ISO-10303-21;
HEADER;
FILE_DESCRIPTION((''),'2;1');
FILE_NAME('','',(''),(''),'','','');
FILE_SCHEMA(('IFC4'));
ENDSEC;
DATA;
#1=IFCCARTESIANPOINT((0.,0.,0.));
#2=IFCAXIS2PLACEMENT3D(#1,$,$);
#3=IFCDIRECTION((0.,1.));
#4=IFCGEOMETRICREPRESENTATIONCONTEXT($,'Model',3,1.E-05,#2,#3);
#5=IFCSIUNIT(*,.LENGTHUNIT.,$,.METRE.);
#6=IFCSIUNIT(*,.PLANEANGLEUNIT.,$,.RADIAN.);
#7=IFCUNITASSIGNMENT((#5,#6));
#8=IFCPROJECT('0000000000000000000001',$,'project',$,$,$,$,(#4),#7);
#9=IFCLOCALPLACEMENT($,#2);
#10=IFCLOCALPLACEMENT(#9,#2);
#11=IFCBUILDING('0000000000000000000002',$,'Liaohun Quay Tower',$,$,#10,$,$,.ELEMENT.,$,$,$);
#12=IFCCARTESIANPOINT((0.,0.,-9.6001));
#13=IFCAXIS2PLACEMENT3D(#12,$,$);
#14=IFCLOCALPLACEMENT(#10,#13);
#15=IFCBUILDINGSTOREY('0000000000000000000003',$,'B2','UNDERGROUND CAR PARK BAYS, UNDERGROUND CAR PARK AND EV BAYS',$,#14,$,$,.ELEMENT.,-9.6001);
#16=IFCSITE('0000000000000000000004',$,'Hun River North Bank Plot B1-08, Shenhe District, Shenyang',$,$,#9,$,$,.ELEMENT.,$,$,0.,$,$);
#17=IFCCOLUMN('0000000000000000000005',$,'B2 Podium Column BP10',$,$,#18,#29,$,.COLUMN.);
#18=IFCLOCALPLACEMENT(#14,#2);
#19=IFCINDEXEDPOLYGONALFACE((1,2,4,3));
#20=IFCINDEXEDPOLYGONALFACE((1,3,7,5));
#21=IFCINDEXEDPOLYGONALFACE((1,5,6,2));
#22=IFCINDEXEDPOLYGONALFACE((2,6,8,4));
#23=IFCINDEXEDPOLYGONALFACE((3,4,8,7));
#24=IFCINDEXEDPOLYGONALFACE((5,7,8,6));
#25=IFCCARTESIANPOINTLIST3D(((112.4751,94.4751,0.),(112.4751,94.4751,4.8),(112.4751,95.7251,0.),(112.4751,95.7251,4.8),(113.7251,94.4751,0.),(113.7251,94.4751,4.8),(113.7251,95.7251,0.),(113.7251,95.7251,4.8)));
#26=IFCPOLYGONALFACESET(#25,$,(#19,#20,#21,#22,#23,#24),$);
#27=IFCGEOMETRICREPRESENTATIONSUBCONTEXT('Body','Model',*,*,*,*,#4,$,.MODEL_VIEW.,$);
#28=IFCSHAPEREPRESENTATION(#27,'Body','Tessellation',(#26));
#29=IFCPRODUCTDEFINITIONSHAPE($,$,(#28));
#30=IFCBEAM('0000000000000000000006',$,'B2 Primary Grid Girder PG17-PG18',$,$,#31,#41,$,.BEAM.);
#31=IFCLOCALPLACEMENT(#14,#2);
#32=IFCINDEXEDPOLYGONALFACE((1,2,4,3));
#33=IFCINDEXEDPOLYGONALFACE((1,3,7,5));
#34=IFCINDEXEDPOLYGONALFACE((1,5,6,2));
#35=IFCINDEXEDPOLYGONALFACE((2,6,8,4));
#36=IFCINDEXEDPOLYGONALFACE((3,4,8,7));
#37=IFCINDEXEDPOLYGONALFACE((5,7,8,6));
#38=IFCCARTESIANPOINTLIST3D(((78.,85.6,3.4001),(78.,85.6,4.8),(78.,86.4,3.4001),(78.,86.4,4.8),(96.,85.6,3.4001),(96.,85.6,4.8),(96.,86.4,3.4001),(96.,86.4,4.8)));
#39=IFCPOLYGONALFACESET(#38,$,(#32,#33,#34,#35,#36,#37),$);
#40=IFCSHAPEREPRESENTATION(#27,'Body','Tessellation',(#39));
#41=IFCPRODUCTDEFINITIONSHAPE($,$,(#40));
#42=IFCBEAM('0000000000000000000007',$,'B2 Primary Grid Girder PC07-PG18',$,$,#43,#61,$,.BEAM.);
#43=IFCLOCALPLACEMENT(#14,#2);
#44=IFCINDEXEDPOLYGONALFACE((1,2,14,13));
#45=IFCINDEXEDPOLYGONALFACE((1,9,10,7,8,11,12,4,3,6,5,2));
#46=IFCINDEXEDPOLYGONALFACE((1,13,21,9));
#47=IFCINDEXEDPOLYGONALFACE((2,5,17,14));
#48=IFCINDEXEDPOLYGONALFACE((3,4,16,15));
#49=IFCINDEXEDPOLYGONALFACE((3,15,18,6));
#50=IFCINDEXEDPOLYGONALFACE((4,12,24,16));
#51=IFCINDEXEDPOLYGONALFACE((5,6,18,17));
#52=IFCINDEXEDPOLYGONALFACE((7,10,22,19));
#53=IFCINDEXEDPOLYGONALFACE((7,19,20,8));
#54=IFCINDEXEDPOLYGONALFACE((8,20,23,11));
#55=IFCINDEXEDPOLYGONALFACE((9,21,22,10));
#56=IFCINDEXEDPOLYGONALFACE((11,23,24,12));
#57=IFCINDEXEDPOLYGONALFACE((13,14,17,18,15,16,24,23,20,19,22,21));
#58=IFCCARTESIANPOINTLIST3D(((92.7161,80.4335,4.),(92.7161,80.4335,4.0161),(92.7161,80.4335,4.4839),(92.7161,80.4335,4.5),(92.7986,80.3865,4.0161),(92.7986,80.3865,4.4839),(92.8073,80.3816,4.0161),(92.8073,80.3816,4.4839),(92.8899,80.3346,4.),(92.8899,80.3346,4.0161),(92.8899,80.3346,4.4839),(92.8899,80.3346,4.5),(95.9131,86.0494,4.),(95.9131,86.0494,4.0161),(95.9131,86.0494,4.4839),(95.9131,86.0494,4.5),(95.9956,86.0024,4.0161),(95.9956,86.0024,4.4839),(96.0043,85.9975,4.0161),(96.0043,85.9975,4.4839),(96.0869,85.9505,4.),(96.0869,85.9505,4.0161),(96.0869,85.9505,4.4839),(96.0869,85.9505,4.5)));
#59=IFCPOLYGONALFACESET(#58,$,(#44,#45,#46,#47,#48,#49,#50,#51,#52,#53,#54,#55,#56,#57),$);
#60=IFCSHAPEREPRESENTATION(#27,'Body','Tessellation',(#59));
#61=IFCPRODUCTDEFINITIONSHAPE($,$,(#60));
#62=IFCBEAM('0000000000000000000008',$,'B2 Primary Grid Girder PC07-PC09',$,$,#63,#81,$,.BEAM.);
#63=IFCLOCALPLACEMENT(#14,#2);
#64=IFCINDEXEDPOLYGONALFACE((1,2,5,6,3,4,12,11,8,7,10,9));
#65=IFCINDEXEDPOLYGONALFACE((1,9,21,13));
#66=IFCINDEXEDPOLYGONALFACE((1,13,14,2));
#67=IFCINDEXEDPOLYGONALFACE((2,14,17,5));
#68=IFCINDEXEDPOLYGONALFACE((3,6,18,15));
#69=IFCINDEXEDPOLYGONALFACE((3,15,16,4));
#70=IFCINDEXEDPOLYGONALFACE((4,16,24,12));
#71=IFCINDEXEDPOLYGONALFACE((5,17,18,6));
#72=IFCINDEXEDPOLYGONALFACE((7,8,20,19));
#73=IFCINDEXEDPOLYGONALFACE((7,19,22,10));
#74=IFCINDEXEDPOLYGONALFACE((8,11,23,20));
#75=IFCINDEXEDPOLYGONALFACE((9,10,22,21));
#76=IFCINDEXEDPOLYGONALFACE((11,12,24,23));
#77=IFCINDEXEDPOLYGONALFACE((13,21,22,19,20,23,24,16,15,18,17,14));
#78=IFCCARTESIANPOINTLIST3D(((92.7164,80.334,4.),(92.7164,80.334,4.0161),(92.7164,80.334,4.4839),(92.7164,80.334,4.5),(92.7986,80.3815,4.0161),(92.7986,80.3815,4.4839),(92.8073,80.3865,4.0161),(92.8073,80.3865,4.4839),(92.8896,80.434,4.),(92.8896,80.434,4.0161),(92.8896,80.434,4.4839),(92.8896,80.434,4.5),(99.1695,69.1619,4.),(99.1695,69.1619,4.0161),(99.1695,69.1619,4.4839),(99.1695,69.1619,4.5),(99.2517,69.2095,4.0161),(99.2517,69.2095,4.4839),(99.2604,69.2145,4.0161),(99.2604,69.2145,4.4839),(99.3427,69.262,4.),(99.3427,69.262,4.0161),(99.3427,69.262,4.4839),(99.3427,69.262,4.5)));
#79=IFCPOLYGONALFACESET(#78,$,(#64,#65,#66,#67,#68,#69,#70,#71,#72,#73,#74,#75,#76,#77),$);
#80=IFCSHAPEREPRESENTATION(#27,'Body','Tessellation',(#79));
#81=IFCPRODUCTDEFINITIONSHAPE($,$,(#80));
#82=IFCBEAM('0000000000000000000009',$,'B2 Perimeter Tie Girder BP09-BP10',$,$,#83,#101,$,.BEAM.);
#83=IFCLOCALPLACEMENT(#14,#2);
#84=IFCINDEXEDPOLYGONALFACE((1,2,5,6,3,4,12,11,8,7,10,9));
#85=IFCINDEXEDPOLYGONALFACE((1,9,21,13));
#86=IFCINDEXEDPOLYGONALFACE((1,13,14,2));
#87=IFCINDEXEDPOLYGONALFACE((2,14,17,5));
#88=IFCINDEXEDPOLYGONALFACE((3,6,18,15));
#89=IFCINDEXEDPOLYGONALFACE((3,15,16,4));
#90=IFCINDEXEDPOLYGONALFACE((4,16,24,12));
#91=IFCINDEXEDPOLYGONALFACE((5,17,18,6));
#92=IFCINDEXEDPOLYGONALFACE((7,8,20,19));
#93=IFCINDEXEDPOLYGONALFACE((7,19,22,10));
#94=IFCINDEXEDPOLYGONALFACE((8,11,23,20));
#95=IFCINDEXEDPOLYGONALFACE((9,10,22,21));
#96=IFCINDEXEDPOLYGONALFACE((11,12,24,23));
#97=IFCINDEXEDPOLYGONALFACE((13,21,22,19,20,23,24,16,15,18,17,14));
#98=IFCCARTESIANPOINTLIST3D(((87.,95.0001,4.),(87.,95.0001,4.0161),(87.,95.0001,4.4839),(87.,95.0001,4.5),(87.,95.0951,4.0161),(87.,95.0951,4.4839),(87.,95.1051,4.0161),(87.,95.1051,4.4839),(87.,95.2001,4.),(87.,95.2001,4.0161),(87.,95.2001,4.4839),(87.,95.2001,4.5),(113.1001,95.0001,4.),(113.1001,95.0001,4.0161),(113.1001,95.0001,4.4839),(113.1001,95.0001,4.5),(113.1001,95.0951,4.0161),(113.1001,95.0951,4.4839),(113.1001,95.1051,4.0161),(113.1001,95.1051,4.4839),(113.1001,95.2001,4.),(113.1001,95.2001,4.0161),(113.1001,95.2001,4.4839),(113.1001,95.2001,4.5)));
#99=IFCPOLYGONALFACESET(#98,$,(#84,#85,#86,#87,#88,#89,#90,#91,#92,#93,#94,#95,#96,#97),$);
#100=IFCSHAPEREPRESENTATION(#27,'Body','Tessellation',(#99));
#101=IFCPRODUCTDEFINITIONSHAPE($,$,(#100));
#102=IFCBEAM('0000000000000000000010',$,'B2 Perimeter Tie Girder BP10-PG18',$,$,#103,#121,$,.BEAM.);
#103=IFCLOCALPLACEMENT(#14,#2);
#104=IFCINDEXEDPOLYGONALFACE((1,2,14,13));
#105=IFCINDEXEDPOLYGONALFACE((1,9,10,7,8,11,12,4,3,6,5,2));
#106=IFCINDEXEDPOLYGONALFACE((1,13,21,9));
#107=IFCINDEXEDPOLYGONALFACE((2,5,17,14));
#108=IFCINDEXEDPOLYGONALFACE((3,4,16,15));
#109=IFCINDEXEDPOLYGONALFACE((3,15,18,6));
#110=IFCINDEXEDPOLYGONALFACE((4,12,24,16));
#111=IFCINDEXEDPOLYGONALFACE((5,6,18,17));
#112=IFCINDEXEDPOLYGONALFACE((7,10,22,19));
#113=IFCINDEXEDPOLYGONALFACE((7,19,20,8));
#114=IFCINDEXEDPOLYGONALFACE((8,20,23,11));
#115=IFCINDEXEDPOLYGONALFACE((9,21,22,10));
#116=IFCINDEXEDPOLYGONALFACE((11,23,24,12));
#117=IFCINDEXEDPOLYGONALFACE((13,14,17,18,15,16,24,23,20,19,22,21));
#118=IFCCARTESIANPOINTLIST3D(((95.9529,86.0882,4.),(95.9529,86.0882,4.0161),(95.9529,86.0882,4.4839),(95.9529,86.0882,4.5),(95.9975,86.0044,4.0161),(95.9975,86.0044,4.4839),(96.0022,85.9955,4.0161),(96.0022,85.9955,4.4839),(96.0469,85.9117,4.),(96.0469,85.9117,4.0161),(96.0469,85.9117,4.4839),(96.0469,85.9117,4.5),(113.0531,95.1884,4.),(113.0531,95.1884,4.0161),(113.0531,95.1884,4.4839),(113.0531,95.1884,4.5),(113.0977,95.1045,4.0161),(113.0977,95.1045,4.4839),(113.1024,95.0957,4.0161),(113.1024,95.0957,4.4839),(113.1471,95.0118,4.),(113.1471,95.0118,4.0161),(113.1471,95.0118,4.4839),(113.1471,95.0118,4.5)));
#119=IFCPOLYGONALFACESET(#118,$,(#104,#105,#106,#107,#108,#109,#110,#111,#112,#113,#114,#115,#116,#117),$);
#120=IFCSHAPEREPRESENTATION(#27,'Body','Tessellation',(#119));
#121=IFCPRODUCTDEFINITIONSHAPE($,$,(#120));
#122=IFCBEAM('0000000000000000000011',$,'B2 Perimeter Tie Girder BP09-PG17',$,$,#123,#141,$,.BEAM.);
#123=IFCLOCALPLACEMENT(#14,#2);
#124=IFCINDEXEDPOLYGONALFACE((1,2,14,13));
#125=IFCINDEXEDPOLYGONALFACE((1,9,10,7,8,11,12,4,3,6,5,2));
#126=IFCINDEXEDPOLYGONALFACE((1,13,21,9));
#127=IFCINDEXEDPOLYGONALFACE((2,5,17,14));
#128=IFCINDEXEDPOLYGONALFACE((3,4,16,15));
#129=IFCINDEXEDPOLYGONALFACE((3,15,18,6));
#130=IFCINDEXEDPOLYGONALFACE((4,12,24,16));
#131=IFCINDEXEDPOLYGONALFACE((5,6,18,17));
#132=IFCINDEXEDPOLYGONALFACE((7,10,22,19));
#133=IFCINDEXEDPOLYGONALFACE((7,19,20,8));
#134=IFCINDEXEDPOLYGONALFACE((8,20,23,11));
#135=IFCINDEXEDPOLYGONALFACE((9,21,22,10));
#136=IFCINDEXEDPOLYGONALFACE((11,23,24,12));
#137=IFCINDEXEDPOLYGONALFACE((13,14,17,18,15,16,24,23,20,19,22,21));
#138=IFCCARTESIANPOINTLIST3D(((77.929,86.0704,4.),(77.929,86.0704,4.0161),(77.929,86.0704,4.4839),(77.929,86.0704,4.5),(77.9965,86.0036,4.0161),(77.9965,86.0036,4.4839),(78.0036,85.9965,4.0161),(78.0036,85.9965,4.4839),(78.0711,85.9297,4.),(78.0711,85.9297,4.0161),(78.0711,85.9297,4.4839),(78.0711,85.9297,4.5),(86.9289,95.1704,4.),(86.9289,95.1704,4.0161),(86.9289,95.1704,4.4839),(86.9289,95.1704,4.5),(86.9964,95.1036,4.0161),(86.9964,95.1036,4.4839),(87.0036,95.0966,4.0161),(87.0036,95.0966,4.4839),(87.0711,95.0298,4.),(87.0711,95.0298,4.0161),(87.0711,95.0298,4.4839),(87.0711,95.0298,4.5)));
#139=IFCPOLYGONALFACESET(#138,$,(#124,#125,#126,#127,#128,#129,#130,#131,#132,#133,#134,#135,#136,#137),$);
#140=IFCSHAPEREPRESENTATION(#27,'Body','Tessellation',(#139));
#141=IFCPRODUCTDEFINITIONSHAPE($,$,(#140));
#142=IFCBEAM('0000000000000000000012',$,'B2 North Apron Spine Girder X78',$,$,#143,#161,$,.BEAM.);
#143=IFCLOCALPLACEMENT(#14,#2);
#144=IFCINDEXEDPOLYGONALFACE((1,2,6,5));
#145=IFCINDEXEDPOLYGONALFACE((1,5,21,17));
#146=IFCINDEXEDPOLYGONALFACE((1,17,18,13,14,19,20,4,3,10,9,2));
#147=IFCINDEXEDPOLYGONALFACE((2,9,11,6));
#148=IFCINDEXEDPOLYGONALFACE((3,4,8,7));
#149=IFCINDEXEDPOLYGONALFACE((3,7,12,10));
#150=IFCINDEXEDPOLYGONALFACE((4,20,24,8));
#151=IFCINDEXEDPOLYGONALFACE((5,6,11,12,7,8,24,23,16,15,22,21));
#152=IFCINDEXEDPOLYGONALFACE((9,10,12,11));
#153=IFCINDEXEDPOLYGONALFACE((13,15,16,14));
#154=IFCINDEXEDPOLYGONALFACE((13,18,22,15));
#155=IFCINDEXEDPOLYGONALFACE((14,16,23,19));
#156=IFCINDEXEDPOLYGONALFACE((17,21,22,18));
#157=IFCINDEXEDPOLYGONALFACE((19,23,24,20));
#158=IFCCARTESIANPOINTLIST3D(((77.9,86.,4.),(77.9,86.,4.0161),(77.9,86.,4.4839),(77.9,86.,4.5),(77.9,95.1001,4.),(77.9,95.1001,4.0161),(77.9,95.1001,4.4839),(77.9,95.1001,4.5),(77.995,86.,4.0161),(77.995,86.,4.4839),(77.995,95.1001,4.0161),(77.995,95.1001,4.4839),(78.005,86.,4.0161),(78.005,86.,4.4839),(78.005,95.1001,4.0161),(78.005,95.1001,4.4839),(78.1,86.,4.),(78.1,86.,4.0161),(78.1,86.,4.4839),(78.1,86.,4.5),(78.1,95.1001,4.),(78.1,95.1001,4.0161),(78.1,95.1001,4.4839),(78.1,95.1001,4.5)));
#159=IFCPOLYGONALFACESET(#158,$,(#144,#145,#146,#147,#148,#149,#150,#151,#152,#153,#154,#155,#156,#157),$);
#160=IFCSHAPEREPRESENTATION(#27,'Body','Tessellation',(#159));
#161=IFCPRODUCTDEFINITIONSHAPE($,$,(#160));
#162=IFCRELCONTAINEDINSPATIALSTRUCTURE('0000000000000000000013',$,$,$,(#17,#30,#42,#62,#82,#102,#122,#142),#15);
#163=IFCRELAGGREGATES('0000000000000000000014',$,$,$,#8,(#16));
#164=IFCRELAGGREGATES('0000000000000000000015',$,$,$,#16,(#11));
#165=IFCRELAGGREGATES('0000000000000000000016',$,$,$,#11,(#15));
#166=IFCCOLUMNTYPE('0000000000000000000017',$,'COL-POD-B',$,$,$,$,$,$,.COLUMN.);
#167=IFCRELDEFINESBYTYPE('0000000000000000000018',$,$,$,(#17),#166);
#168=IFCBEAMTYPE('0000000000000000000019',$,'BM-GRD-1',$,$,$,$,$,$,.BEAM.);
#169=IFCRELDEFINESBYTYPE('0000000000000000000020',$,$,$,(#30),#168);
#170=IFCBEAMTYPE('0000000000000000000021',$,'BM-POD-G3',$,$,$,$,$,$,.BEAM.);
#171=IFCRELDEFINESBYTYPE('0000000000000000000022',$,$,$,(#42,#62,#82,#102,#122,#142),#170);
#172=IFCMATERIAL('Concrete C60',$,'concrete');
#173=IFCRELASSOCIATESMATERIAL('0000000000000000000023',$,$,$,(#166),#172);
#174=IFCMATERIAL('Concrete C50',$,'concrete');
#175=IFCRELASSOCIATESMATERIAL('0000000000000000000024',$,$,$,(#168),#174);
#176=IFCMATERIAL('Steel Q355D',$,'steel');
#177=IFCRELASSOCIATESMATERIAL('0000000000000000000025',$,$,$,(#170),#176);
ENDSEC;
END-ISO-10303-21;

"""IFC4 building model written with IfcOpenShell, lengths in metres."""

from ifc_helpers import new_model, si_unit, direction, frame, origin, origin_2d, place, context, subcontext, project, spatial, rectangle, i_section, extrude, source, transform, mapped, material, material_profile, profile_set, type_object, element, save


model = new_model("IFC4")

# Units and contexts
model_context = context("Model", 3, precision=1e-05, world=origin(), true_north=direction((0.0, 1.0)))
body_context = subcontext(model_context, "Body", "Model", "MODEL_VIEW")
ifc_project = project(units=[si_unit("LENGTHUNIT", "METRE"), si_unit("PLANEANGLEUNIT", "RADIAN")], contexts=[model_context])

# Site, building, storey
site_placement = place(None, origin())
site = spatial("IfcSite", under=ifc_project, at=site_placement, Name="Hun River North Bank Plot B1-08, Shenhe District, Shenyang", CompositionType="ELEMENT", RefElevation=0.0)
building_placement = place(site_placement, origin())
building = spatial("IfcBuilding", under=site, at=building_placement, Name="Liaohun Quay Tower", CompositionType="ELEMENT")
storey_placement = place(building_placement, frame((0.0, 0.0, -9.6001)))
storey = spatial("IfcBuildingStorey", under=building, at=storey_placement, Name="B2", Description="UNDERGROUND CAR PARK BAYS, UNDERGROUND CAR PARK AND EV BAYS", CompositionType="ELEMENT", Elevation=-9.6001)

# Shared definitions
ifc_material_1 = material(Name="Concrete C50", Category="concrete")

# Column
ifc_material_2 = material(Name="Concrete C60", Category="concrete")
ifc_material_profile_1 = material_profile(ifc_material_2, rectangle(XDim=1.25, YDim=1.25, at=origin_2d()), Name="RC1250x1250")
ifc_profile_set_1 = profile_set([ifc_material_profile_1], Name="Concrete C60")
column_type_1 = type_object("IfcColumnType", Name="COL-POD-B", PredefinedType="COLUMN", material=ifc_profile_set_1)
shared_shape_1 = source(origin(), body_context, "Body", "SweptSolid", [
    extrude(rectangle(XDim=1.25, YDim=1.25, at=origin_2d()), origin(), (0.0, 0.0, 1.0), 4.8),
])
for number, where, z_axis, x_axis, name in (
    (1, (113.1001, 95.1001, 0.0), (0.0, 0.0, 1.0), (1.0, 0.0, 0.0), "B2 Podium Column BP10"),
):
    element("IfcColumn", number, at=place(storey_placement, frame(where, z_axis=z_axis, x_axis=x_axis)), inside=storey, type_object=column_type_1, Name=name, PredefinedType="COLUMN", context=body_context, shape_type="MappedRepresentation", body=[
        mapped(shared_shape_1, transform((0.0, 0.0, 0.0), x_axis=(1.0, 0.0, 0.0), y_axis=(0.0, 1.0, 0.0), z_axis=(0.0, 0.0, 1.0), scale=1.0)),
    ])

# Beams
ifc_material_profile_2 = material_profile(ifc_material_1, rectangle(XDim=0.8, YDim=1.3999, at=origin_2d()), Name="RC800x1400")
ifc_profile_set_2 = profile_set([ifc_material_profile_2], Name="Concrete C50")
beam_type_1 = type_object("IfcBeamType", Name="BM-GRD-1", PredefinedType="BEAM", material=ifc_profile_set_2)
shared_shape_2 = source(origin(), body_context, "Body", "SweptSolid", [
    extrude(rectangle(XDim=0.8, YDim=1.3999, at=origin_2d()), origin(), (0.0, 0.0, 1.0), 18.0),
])
beam_1_placement = place(storey_placement, frame((78.0, 86.0, 4.1001), z_axis=(1.0, 0.0, 0.0), x_axis=(0.0, 1.0, 0.0)))
element("IfcBeam", 2, at=beam_1_placement, inside=storey, type_object=beam_type_1, Name="B2 Primary Grid Girder PG17-PG18", PredefinedType="BEAM", context=body_context, shape_type="MappedRepresentation", body=[
    mapped(shared_shape_2, transform((0.0, 0.0, 0.0), x_axis=(1.0, 0.0, 0.0), y_axis=(0.0, 1.0, 0.0), z_axis=(0.0, 0.0, 1.0), scale=1.0)),
])
ifc_material_3 = material(Name="Steel Q355D", Category="steel")
ifc_material_profile_3 = material_profile(ifc_material_3, i_section(OverallWidth=0.2, OverallDepth=0.5, WebThickness=0.01, FlangeThickness=0.0161, at=origin_2d()), Name="HN500x200x10x16")
ifc_profile_set_3 = profile_set([ifc_material_profile_3], Name="Steel Q355D")
beam_type_2 = type_object("IfcBeamType", Name="BM-POD-G3", PredefinedType="BEAM", material=ifc_profile_set_3)
shared_shape_3 = source(origin(), body_context, "Body", "SweptSolid", [
    extrude(i_section(OverallWidth=0.2, OverallDepth=0.5, WebThickness=0.01, FlangeThickness=0.0161, at=origin_2d()), origin(), (0.0, 0.0, 1.0), 6.4622),
])
beam_2_placement = place(storey_placement, frame((92.803, 80.384, 4.25), z_axis=(0.494726, 0.869049, 0.0), x_axis=(-0.869049, 0.494726, 0.0)))
element("IfcBeam", 3, at=beam_2_placement, inside=storey, type_object=beam_type_2, Name="B2 Primary Grid Girder PC07-PG18", PredefinedType="BEAM", context=body_context, shape_type="MappedRepresentation", body=[
    mapped(shared_shape_3, transform((0.0, 0.0, 0.0), x_axis=(1.0, 0.0, 0.0), y_axis=(0.0, 1.0, 0.0), z_axis=(0.0, 0.0, 1.0), scale=1.0)),
])
shared_shape_4 = source(origin(), body_context, "Body", "SweptSolid", [
    extrude(i_section(OverallWidth=0.2, OverallDepth=0.5, WebThickness=0.01, FlangeThickness=0.0161, at=origin_2d()), origin(), (0.0, 0.0, 1.0), 12.9019),
])
beam_3_placement = place(storey_placement, frame((92.803, 80.384, 4.25), z_axis=(0.500169, -0.865928, 0.0), x_axis=(0.865928, 0.500169, 0.0)))
element("IfcBeam", 4, at=beam_3_placement, inside=storey, type_object=beam_type_2, Name="B2 Primary Grid Girder PC07-PC09", PredefinedType="BEAM", context=body_context, shape_type="MappedRepresentation", body=[
    mapped(shared_shape_4, transform((0.0, 0.0, 0.0), x_axis=(1.0, 0.0, 0.0), y_axis=(0.0, 1.0, 0.0), z_axis=(0.0, 0.0, 1.0), scale=1.0)),
])
shared_shape_5 = source(origin(), body_context, "Body", "SweptSolid", [
    extrude(i_section(OverallWidth=0.2, OverallDepth=0.5, WebThickness=0.01, FlangeThickness=0.0161, at=origin_2d()), origin(), (0.0, 0.0, 1.0), 26.1001),
])
beam_4_placement = place(storey_placement, frame((87.0, 95.1001, 4.25), z_axis=(1.0, 0.0, 0.0), x_axis=(0.0, 1.0, 0.0)))
element("IfcBeam", 5, at=beam_4_placement, inside=storey, type_object=beam_type_2, Name="B2 Perimeter Tie Girder BP09-BP10", PredefinedType="BEAM", context=body_context, shape_type="MappedRepresentation", body=[
    mapped(shared_shape_5, transform((0.0, 0.0, 0.0), x_axis=(1.0, 0.0, 0.0), y_axis=(0.0, 1.0, 0.0), z_axis=(0.0, 0.0, 1.0), scale=1.0)),
])
shared_shape_6 = source(origin(), body_context, "Body", "SweptSolid", [
    extrude(i_section(OverallWidth=0.2, OverallDepth=0.5, WebThickness=0.01, FlangeThickness=0.0161, at=origin_2d()), origin(), (0.0, 0.0, 1.0), 19.3708),
])
beam_5_placement = place(storey_placement, frame((113.1001, 95.1001, 4.25), z_axis=(-0.88278, -0.469786, 0.0), x_axis=(0.469786, -0.88278, 0.0)))
element("IfcBeam", 6, at=beam_5_placement, inside=storey, type_object=beam_type_2, Name="B2 Perimeter Tie Girder BP10-PG18", PredefinedType="BEAM", context=body_context, shape_type="MappedRepresentation", body=[
    mapped(shared_shape_6, transform((0.0, 0.0, 0.0), x_axis=(1.0, 0.0, 0.0), y_axis=(0.0, 1.0, 0.0), z_axis=(0.0, 0.0, 1.0), scale=1.0)),
])
shared_shape_7 = source(origin(), body_context, "Body", "SweptSolid", [
    extrude(i_section(OverallWidth=0.2, OverallDepth=0.5, WebThickness=0.01, FlangeThickness=0.0161, at=origin_2d()), origin(), (0.0, 0.0, 1.0), 12.7988),
])
beam_6_placement = place(storey_placement, frame((87.0, 95.1001, 4.25), z_axis=(-0.703186, -0.711006, 0.0), x_axis=(0.711006, -0.703186, 0.0)))
element("IfcBeam", 7, at=beam_6_placement, inside=storey, type_object=beam_type_2, Name="B2 Perimeter Tie Girder BP09-PG17", PredefinedType="BEAM", context=body_context, shape_type="MappedRepresentation", body=[
    mapped(shared_shape_7, transform((0.0, 0.0, 0.0), x_axis=(1.0, 0.0, 0.0), y_axis=(0.0, 1.0, 0.0), z_axis=(0.0, 0.0, 1.0), scale=1.0)),
])
shared_shape_8 = source(origin(), body_context, "Body", "SweptSolid", [
    extrude(i_section(OverallWidth=0.2, OverallDepth=0.5, WebThickness=0.01, FlangeThickness=0.0161, at=origin_2d()), origin(), (0.0, 0.0, 1.0), 9.1001),
])
for number, where, z_axis, x_axis, name in (
    (8, (78.0, 86.0, 4.25), (0.0, 1.0, 0.0), (-1.0, 0.0, 0.0), "B2 North Apron Spine Girder X78"),
):
    element("IfcBeam", number, at=place(storey_placement, frame(where, z_axis=z_axis, x_axis=x_axis)), inside=storey, type_object=beam_type_2, Name=name, PredefinedType="BEAM", context=body_context, shape_type="MappedRepresentation", body=[
        mapped(shared_shape_8, transform((0.0, 0.0, 0.0), x_axis=(1.0, 0.0, 0.0), y_axis=(0.0, 1.0, 0.0), z_axis=(0.0, 0.0, 1.0), scale=1.0)),
    ])

save(model, "model.ifc")
